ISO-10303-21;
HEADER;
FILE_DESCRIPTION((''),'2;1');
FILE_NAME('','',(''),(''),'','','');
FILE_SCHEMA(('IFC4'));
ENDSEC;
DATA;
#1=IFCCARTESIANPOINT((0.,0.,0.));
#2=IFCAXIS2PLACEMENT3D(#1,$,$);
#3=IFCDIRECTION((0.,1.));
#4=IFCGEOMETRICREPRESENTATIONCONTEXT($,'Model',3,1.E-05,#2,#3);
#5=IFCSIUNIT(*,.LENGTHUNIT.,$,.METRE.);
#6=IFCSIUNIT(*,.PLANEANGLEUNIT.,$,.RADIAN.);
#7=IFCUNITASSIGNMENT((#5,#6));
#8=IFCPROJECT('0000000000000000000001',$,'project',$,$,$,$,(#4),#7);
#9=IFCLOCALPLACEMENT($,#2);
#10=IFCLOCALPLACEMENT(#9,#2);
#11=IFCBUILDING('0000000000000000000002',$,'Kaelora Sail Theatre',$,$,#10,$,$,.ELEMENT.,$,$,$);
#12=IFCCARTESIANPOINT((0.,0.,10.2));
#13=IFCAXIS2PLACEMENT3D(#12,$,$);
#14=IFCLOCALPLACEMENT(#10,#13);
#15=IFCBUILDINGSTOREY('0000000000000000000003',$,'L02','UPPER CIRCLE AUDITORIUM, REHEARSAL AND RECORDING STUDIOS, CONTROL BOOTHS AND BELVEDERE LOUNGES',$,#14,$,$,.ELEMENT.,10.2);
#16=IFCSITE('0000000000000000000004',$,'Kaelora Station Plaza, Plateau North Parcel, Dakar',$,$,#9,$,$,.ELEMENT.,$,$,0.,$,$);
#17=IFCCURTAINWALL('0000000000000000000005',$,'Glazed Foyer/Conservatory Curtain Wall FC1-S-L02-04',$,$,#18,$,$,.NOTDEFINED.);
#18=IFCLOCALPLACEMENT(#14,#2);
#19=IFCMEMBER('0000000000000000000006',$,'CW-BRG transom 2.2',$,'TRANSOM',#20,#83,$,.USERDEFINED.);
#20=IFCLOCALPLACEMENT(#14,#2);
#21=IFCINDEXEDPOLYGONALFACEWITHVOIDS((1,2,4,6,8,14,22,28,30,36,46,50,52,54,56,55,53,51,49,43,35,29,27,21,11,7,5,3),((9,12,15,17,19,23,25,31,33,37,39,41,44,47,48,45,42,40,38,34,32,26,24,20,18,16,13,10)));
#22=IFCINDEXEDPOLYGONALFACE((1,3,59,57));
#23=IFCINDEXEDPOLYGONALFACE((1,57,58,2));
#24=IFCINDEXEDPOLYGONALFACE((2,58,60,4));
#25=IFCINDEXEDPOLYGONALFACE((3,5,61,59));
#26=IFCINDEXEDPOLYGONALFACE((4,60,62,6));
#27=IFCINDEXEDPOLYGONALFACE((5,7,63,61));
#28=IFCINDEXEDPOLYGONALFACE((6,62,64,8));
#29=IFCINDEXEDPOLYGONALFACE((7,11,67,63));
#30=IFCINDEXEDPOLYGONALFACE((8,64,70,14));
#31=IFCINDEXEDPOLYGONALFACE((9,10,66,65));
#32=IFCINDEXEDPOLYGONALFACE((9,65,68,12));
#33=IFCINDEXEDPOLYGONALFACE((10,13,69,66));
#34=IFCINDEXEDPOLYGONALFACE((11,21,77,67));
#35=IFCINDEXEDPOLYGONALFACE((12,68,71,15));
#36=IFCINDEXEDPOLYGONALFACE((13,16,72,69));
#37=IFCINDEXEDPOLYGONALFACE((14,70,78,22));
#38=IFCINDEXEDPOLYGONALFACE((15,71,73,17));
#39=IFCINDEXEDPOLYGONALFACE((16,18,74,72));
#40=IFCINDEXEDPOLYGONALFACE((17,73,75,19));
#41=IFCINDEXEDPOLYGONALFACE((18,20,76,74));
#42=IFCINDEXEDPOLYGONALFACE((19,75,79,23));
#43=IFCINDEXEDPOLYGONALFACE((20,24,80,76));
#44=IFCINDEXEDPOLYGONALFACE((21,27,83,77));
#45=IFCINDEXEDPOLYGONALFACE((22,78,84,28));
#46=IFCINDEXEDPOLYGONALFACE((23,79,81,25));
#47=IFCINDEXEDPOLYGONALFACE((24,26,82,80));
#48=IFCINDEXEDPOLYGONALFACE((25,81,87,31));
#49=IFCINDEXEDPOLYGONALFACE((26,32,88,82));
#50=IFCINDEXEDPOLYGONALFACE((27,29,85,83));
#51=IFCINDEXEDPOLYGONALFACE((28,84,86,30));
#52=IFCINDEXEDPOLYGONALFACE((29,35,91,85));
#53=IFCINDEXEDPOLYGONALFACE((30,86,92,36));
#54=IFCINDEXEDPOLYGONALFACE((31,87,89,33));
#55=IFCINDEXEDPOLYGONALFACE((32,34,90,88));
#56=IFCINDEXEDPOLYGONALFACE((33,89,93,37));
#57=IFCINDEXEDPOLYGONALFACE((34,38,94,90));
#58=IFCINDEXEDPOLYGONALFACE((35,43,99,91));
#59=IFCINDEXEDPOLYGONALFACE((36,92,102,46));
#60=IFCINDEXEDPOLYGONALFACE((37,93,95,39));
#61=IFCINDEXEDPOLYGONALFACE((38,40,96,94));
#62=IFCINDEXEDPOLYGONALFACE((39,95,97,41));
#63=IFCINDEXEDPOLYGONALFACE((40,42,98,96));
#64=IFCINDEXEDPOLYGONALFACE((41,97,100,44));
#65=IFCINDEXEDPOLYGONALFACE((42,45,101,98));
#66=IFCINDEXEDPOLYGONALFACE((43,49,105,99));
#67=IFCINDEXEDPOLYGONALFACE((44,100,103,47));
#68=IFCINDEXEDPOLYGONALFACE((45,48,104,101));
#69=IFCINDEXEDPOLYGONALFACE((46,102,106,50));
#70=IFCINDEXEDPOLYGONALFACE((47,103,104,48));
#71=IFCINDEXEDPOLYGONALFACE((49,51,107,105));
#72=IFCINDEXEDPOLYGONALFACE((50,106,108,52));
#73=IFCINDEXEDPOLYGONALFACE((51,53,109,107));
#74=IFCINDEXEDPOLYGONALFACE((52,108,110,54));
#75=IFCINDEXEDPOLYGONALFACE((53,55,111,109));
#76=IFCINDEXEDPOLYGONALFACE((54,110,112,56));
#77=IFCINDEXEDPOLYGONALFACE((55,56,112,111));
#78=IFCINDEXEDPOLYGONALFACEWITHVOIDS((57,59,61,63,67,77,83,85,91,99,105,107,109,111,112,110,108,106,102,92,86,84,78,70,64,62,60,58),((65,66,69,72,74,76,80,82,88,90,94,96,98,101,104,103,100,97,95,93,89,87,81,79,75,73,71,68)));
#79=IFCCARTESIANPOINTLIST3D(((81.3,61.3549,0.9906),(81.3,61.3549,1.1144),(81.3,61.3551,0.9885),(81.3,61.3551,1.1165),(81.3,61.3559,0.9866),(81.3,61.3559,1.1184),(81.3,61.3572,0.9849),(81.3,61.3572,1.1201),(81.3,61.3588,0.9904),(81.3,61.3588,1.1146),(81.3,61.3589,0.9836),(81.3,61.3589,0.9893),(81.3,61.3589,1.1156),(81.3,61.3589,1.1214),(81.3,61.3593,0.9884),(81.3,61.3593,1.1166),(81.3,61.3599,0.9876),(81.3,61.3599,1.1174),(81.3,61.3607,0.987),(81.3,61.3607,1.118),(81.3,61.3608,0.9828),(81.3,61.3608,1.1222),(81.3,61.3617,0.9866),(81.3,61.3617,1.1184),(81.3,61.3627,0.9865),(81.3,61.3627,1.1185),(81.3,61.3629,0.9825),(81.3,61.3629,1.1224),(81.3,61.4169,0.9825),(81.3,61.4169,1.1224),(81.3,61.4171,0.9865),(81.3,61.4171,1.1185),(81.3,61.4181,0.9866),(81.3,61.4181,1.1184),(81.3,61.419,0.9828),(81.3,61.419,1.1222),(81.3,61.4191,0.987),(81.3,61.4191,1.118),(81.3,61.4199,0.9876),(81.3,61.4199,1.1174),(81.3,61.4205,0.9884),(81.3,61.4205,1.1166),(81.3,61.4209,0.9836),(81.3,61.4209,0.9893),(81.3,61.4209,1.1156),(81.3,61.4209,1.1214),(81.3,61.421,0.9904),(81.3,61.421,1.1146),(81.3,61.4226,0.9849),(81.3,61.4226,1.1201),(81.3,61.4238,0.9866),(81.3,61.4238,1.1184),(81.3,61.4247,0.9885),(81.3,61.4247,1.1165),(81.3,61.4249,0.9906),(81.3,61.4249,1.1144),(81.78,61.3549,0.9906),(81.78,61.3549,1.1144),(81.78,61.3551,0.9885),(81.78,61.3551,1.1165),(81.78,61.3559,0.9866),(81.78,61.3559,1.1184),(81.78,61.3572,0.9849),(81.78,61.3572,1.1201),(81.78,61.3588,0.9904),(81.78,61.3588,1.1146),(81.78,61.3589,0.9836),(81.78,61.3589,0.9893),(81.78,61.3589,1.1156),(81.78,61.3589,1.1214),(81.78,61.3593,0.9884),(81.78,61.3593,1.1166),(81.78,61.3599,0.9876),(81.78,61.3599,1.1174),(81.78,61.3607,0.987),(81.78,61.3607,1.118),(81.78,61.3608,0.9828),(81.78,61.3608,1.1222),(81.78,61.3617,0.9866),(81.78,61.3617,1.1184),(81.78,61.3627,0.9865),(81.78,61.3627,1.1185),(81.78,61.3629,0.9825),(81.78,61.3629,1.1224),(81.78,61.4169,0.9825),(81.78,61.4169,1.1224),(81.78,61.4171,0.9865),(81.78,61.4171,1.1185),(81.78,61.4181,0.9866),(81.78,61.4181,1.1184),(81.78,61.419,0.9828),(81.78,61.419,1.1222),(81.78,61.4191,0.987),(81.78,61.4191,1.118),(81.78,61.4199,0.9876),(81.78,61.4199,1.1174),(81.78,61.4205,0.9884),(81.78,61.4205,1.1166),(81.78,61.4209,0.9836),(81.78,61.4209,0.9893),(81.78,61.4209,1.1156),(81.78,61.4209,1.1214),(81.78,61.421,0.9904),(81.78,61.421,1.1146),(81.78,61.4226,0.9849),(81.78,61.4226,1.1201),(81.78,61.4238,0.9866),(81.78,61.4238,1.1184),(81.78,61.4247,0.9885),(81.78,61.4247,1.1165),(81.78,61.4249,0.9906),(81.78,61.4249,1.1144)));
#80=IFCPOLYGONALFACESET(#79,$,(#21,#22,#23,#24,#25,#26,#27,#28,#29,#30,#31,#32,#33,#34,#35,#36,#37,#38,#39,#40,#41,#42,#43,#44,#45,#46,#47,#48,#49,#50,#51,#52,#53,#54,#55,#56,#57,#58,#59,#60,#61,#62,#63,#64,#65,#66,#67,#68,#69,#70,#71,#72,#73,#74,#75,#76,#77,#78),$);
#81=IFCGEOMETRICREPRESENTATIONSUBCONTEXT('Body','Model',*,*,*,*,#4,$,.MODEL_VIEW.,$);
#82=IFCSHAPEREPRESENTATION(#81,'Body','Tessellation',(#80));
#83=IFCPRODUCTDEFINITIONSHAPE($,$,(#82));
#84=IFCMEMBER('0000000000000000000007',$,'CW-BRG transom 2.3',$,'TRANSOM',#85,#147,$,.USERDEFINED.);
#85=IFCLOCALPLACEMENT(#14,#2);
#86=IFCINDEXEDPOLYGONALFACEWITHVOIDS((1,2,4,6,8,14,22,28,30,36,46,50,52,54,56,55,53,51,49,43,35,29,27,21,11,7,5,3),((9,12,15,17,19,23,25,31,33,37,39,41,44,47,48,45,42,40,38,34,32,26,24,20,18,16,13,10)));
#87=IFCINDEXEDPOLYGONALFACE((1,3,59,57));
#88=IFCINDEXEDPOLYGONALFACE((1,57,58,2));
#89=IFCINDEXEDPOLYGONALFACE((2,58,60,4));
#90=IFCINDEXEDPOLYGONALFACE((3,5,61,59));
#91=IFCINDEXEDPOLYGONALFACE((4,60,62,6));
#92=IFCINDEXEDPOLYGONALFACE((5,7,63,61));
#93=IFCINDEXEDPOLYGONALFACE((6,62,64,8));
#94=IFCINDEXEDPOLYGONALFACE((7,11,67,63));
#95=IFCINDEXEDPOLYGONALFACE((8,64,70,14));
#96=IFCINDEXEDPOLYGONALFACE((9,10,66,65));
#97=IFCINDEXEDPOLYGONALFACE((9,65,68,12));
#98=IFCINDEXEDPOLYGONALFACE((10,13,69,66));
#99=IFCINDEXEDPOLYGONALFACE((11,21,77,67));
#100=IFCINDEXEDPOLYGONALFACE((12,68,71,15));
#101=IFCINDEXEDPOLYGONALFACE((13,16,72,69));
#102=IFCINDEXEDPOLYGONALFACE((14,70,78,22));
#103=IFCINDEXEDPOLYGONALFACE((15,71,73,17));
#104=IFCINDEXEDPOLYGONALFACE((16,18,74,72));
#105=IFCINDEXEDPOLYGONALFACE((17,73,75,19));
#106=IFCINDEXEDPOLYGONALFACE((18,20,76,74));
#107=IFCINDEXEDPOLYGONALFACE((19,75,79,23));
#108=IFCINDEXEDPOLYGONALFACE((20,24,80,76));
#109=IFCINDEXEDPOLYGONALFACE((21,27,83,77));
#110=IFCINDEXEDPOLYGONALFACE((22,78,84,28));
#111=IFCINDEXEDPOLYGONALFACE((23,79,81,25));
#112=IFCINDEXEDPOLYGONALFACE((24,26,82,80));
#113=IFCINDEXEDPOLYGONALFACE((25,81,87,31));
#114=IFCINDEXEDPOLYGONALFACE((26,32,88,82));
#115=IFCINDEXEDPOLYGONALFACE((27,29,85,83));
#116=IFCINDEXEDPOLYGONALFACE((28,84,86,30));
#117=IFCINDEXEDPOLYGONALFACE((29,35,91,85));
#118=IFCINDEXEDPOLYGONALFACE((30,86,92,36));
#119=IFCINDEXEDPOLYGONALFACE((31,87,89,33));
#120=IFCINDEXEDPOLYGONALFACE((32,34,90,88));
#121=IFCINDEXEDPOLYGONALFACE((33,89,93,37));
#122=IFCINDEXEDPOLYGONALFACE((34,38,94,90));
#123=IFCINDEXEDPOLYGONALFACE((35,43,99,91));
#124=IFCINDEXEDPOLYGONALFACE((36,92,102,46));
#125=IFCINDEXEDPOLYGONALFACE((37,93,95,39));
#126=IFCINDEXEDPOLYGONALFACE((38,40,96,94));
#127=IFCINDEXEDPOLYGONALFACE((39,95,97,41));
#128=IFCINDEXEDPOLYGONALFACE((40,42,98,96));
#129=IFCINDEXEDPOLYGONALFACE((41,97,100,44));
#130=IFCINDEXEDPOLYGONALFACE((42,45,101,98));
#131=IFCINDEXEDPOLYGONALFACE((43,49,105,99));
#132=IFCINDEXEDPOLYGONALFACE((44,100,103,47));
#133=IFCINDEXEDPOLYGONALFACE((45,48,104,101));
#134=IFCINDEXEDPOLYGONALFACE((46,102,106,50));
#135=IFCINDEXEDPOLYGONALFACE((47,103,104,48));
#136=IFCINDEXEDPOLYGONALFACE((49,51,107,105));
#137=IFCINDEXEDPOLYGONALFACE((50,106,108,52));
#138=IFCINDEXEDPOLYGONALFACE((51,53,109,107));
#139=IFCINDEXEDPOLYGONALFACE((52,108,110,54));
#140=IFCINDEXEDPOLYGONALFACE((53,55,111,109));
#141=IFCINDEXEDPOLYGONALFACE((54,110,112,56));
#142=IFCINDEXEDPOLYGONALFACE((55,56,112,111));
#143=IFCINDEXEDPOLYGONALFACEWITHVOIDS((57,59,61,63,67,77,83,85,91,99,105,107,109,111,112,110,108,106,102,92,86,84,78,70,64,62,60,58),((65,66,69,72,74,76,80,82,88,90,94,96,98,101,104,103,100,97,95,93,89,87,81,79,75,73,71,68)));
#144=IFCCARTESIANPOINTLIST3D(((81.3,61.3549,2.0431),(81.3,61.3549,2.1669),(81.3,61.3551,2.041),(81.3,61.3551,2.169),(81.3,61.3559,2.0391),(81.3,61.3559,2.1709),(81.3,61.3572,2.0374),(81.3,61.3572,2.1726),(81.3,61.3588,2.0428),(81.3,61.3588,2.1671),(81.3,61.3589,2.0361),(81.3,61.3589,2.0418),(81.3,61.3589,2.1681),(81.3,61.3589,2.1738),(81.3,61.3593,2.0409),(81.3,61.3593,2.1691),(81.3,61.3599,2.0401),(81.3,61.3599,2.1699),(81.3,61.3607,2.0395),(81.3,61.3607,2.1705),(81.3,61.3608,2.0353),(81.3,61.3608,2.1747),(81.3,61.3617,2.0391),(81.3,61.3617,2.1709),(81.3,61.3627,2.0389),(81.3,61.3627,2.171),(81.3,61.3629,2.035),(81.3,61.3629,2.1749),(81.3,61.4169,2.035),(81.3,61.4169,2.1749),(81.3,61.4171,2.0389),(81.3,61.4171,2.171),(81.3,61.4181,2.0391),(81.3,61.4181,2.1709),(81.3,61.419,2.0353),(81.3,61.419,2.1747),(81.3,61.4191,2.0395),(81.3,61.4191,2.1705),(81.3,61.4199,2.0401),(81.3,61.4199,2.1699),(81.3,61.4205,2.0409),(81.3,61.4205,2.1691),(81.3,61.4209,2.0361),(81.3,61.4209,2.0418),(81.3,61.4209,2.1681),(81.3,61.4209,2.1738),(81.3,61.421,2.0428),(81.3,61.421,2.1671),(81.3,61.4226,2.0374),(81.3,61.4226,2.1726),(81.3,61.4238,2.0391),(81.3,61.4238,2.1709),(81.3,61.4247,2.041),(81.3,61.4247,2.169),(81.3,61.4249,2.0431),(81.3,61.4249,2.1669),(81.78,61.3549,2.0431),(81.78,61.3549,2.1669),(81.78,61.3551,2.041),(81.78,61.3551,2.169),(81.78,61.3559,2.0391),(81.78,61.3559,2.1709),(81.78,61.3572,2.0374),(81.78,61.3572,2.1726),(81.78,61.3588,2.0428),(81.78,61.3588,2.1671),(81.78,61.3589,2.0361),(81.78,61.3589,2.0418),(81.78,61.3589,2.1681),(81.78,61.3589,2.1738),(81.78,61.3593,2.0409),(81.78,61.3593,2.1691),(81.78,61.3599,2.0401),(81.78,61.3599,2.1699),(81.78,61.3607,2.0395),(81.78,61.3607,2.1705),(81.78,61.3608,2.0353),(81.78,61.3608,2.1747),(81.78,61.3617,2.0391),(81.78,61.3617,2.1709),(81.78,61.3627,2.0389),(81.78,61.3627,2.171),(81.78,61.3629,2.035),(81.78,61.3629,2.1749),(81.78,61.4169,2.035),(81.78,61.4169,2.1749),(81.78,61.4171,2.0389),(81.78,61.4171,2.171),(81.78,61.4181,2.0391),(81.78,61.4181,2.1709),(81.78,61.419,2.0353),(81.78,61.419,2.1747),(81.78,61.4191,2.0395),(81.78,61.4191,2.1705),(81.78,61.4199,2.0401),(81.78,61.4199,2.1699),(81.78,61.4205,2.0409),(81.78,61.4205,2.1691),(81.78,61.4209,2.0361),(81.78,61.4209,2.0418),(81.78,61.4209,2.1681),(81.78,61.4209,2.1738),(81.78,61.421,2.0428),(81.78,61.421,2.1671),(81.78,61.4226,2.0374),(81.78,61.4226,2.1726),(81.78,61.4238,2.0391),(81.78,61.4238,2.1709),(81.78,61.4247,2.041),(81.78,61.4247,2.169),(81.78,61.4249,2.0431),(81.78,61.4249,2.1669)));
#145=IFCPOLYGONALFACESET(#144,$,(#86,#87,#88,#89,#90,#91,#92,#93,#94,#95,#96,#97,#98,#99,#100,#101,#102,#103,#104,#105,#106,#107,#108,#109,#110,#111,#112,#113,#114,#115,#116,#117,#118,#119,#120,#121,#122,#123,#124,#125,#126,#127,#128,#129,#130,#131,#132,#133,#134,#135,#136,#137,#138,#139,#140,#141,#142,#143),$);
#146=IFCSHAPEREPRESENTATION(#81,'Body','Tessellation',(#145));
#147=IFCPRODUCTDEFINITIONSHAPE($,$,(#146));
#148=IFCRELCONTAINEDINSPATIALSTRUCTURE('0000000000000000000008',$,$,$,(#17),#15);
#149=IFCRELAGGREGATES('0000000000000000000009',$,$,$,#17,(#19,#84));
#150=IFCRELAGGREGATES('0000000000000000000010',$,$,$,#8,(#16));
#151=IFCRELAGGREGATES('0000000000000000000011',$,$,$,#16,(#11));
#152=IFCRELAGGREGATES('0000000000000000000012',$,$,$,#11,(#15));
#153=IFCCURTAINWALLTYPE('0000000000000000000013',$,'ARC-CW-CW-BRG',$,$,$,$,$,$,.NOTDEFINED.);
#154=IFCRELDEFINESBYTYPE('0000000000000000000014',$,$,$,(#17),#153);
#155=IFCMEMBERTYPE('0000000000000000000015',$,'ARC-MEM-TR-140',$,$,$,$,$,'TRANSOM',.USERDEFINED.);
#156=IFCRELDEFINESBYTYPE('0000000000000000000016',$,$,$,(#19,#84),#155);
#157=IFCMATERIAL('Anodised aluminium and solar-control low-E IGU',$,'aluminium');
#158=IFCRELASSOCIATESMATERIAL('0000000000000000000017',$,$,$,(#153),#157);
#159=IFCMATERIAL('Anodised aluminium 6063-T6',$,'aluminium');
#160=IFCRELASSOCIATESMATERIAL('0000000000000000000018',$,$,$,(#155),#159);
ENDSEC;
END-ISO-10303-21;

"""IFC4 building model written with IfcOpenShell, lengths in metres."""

from ifc_helpers import new_model, si_unit, direction, frame, origin, origin_2d, place, context, subcontext, project, spatial, hollow_rectangle, extrude, material, material_profile, profile_set, type_object, element, aggregate, save


model = new_model("IFC4")

# Units and contexts
model_context = context("Model", 3, precision=1e-05, world=origin(), true_north=direction((0.0, 1.0)))
body_context = subcontext(model_context, "Body", "Model", "MODEL_VIEW")
ifc_project = project(units=[si_unit("LENGTHUNIT", "METRE"), si_unit("PLANEANGLEUNIT", "RADIAN")], contexts=[model_context])

# Site, building, storey
site_placement = place(None, origin())
site = spatial("IfcSite", under=ifc_project, at=site_placement, Name="Kaelora Station Plaza, Plateau North Parcel, Dakar", CompositionType="ELEMENT", RefElevation=0.0)
building_placement = place(site_placement, origin())
building = spatial("IfcBuilding", under=site, at=building_placement, Name="Kaelora Sail Theatre", CompositionType="ELEMENT")
storey_placement = place(building_placement, frame((0.0, 0.0, 10.2)))
storey = spatial("IfcBuildingStorey", under=building, at=storey_placement, Name="L02", Description="UPPER CIRCLE AUDITORIUM, REHEARSAL AND RECORDING STUDIOS, CONTROL BOOTHS AND BELVEDERE LOUNGES", CompositionType="ELEMENT", Elevation=10.2)

# Shared definitions
ifc_material_1 = material(Name="Anodised aluminium and solar-control low-E IGU", Category="aluminium")
curtain_wall_type = type_object("IfcCurtainWallType", Name="ARC-CW-CW-BRG", PredefinedType="NOTDEFINED", material=ifc_material_1)

# Curtain wall
curtain_wall_1_placement = place(storey_placement, origin())
curtain_wall_1 = element("IfcCurtainWall", 1, at=curtain_wall_1_placement, inside=storey, type_object=curtain_wall_type, Name="Glazed Foyer/Conservatory Curtain Wall FC1-S-L02-04", PredefinedType="NOTDEFINED")

# Members
ifc_material_2 = material(Name="Anodised aluminium 6063-T6", Category="aluminium")
ifc_material_profile_1 = material_profile(ifc_material_2, hollow_rectangle(XDim=0.0701, YDim=0.1399, WallThickness=0.0039, InnerFilletRadius=0.0039, OuterFilletRadius=0.0081, at=origin_2d()), Name="ALU-TRAN 70x140x4")
ifc_profile_set_1 = profile_set([ifc_material_profile_1], Name="Anodised aluminium 6063-T6")
member_type_1 = type_object("IfcMemberType", Name="ARC-MEM-TR-140", ElementType="TRANSOM", PredefinedType="USERDEFINED", material=ifc_profile_set_1)
member_1_placement = place(storey_placement, frame((81.3, 61.3899, 1.0525), z_axis=(1.0, 0.0, 0.0), x_axis=(0.0, 1.0, 0.0)))
member_1 = element("IfcMember", 2, at=member_1_placement, type_object=member_type_1, Name="CW-BRG transom 2.2", ObjectType="TRANSOM", PredefinedType="USERDEFINED", context=body_context, shape_type="SweptSolid", body=[
    extrude(hollow_rectangle(XDim=0.0701, YDim=0.1399, WallThickness=0.0039, InnerFilletRadius=0.0039, OuterFilletRadius=0.0081, at=origin_2d()), origin(), (0.0, 0.0, 1.0), 0.48),
])
member_2_placement = place(storey_placement, frame((81.3, 61.3899, 2.105), z_axis=(1.0, 0.0, 0.0), x_axis=(0.0, 1.0, 0.0)))
member_2 = element("IfcMember", 3, at=member_2_placement, type_object=member_type_1, Name="CW-BRG transom 2.3", ObjectType="TRANSOM", PredefinedType="USERDEFINED", context=body_context, shape_type="SweptSolid", body=[
    extrude(hollow_rectangle(XDim=0.0701, YDim=0.1399, WallThickness=0.0039, InnerFilletRadius=0.0039, OuterFilletRadius=0.0081, at=origin_2d()), origin(), (0.0, 0.0, 1.0), 0.48),
])

aggregate(curtain_wall_1, [member_1, member_2])

save(model, "model.ifc")
